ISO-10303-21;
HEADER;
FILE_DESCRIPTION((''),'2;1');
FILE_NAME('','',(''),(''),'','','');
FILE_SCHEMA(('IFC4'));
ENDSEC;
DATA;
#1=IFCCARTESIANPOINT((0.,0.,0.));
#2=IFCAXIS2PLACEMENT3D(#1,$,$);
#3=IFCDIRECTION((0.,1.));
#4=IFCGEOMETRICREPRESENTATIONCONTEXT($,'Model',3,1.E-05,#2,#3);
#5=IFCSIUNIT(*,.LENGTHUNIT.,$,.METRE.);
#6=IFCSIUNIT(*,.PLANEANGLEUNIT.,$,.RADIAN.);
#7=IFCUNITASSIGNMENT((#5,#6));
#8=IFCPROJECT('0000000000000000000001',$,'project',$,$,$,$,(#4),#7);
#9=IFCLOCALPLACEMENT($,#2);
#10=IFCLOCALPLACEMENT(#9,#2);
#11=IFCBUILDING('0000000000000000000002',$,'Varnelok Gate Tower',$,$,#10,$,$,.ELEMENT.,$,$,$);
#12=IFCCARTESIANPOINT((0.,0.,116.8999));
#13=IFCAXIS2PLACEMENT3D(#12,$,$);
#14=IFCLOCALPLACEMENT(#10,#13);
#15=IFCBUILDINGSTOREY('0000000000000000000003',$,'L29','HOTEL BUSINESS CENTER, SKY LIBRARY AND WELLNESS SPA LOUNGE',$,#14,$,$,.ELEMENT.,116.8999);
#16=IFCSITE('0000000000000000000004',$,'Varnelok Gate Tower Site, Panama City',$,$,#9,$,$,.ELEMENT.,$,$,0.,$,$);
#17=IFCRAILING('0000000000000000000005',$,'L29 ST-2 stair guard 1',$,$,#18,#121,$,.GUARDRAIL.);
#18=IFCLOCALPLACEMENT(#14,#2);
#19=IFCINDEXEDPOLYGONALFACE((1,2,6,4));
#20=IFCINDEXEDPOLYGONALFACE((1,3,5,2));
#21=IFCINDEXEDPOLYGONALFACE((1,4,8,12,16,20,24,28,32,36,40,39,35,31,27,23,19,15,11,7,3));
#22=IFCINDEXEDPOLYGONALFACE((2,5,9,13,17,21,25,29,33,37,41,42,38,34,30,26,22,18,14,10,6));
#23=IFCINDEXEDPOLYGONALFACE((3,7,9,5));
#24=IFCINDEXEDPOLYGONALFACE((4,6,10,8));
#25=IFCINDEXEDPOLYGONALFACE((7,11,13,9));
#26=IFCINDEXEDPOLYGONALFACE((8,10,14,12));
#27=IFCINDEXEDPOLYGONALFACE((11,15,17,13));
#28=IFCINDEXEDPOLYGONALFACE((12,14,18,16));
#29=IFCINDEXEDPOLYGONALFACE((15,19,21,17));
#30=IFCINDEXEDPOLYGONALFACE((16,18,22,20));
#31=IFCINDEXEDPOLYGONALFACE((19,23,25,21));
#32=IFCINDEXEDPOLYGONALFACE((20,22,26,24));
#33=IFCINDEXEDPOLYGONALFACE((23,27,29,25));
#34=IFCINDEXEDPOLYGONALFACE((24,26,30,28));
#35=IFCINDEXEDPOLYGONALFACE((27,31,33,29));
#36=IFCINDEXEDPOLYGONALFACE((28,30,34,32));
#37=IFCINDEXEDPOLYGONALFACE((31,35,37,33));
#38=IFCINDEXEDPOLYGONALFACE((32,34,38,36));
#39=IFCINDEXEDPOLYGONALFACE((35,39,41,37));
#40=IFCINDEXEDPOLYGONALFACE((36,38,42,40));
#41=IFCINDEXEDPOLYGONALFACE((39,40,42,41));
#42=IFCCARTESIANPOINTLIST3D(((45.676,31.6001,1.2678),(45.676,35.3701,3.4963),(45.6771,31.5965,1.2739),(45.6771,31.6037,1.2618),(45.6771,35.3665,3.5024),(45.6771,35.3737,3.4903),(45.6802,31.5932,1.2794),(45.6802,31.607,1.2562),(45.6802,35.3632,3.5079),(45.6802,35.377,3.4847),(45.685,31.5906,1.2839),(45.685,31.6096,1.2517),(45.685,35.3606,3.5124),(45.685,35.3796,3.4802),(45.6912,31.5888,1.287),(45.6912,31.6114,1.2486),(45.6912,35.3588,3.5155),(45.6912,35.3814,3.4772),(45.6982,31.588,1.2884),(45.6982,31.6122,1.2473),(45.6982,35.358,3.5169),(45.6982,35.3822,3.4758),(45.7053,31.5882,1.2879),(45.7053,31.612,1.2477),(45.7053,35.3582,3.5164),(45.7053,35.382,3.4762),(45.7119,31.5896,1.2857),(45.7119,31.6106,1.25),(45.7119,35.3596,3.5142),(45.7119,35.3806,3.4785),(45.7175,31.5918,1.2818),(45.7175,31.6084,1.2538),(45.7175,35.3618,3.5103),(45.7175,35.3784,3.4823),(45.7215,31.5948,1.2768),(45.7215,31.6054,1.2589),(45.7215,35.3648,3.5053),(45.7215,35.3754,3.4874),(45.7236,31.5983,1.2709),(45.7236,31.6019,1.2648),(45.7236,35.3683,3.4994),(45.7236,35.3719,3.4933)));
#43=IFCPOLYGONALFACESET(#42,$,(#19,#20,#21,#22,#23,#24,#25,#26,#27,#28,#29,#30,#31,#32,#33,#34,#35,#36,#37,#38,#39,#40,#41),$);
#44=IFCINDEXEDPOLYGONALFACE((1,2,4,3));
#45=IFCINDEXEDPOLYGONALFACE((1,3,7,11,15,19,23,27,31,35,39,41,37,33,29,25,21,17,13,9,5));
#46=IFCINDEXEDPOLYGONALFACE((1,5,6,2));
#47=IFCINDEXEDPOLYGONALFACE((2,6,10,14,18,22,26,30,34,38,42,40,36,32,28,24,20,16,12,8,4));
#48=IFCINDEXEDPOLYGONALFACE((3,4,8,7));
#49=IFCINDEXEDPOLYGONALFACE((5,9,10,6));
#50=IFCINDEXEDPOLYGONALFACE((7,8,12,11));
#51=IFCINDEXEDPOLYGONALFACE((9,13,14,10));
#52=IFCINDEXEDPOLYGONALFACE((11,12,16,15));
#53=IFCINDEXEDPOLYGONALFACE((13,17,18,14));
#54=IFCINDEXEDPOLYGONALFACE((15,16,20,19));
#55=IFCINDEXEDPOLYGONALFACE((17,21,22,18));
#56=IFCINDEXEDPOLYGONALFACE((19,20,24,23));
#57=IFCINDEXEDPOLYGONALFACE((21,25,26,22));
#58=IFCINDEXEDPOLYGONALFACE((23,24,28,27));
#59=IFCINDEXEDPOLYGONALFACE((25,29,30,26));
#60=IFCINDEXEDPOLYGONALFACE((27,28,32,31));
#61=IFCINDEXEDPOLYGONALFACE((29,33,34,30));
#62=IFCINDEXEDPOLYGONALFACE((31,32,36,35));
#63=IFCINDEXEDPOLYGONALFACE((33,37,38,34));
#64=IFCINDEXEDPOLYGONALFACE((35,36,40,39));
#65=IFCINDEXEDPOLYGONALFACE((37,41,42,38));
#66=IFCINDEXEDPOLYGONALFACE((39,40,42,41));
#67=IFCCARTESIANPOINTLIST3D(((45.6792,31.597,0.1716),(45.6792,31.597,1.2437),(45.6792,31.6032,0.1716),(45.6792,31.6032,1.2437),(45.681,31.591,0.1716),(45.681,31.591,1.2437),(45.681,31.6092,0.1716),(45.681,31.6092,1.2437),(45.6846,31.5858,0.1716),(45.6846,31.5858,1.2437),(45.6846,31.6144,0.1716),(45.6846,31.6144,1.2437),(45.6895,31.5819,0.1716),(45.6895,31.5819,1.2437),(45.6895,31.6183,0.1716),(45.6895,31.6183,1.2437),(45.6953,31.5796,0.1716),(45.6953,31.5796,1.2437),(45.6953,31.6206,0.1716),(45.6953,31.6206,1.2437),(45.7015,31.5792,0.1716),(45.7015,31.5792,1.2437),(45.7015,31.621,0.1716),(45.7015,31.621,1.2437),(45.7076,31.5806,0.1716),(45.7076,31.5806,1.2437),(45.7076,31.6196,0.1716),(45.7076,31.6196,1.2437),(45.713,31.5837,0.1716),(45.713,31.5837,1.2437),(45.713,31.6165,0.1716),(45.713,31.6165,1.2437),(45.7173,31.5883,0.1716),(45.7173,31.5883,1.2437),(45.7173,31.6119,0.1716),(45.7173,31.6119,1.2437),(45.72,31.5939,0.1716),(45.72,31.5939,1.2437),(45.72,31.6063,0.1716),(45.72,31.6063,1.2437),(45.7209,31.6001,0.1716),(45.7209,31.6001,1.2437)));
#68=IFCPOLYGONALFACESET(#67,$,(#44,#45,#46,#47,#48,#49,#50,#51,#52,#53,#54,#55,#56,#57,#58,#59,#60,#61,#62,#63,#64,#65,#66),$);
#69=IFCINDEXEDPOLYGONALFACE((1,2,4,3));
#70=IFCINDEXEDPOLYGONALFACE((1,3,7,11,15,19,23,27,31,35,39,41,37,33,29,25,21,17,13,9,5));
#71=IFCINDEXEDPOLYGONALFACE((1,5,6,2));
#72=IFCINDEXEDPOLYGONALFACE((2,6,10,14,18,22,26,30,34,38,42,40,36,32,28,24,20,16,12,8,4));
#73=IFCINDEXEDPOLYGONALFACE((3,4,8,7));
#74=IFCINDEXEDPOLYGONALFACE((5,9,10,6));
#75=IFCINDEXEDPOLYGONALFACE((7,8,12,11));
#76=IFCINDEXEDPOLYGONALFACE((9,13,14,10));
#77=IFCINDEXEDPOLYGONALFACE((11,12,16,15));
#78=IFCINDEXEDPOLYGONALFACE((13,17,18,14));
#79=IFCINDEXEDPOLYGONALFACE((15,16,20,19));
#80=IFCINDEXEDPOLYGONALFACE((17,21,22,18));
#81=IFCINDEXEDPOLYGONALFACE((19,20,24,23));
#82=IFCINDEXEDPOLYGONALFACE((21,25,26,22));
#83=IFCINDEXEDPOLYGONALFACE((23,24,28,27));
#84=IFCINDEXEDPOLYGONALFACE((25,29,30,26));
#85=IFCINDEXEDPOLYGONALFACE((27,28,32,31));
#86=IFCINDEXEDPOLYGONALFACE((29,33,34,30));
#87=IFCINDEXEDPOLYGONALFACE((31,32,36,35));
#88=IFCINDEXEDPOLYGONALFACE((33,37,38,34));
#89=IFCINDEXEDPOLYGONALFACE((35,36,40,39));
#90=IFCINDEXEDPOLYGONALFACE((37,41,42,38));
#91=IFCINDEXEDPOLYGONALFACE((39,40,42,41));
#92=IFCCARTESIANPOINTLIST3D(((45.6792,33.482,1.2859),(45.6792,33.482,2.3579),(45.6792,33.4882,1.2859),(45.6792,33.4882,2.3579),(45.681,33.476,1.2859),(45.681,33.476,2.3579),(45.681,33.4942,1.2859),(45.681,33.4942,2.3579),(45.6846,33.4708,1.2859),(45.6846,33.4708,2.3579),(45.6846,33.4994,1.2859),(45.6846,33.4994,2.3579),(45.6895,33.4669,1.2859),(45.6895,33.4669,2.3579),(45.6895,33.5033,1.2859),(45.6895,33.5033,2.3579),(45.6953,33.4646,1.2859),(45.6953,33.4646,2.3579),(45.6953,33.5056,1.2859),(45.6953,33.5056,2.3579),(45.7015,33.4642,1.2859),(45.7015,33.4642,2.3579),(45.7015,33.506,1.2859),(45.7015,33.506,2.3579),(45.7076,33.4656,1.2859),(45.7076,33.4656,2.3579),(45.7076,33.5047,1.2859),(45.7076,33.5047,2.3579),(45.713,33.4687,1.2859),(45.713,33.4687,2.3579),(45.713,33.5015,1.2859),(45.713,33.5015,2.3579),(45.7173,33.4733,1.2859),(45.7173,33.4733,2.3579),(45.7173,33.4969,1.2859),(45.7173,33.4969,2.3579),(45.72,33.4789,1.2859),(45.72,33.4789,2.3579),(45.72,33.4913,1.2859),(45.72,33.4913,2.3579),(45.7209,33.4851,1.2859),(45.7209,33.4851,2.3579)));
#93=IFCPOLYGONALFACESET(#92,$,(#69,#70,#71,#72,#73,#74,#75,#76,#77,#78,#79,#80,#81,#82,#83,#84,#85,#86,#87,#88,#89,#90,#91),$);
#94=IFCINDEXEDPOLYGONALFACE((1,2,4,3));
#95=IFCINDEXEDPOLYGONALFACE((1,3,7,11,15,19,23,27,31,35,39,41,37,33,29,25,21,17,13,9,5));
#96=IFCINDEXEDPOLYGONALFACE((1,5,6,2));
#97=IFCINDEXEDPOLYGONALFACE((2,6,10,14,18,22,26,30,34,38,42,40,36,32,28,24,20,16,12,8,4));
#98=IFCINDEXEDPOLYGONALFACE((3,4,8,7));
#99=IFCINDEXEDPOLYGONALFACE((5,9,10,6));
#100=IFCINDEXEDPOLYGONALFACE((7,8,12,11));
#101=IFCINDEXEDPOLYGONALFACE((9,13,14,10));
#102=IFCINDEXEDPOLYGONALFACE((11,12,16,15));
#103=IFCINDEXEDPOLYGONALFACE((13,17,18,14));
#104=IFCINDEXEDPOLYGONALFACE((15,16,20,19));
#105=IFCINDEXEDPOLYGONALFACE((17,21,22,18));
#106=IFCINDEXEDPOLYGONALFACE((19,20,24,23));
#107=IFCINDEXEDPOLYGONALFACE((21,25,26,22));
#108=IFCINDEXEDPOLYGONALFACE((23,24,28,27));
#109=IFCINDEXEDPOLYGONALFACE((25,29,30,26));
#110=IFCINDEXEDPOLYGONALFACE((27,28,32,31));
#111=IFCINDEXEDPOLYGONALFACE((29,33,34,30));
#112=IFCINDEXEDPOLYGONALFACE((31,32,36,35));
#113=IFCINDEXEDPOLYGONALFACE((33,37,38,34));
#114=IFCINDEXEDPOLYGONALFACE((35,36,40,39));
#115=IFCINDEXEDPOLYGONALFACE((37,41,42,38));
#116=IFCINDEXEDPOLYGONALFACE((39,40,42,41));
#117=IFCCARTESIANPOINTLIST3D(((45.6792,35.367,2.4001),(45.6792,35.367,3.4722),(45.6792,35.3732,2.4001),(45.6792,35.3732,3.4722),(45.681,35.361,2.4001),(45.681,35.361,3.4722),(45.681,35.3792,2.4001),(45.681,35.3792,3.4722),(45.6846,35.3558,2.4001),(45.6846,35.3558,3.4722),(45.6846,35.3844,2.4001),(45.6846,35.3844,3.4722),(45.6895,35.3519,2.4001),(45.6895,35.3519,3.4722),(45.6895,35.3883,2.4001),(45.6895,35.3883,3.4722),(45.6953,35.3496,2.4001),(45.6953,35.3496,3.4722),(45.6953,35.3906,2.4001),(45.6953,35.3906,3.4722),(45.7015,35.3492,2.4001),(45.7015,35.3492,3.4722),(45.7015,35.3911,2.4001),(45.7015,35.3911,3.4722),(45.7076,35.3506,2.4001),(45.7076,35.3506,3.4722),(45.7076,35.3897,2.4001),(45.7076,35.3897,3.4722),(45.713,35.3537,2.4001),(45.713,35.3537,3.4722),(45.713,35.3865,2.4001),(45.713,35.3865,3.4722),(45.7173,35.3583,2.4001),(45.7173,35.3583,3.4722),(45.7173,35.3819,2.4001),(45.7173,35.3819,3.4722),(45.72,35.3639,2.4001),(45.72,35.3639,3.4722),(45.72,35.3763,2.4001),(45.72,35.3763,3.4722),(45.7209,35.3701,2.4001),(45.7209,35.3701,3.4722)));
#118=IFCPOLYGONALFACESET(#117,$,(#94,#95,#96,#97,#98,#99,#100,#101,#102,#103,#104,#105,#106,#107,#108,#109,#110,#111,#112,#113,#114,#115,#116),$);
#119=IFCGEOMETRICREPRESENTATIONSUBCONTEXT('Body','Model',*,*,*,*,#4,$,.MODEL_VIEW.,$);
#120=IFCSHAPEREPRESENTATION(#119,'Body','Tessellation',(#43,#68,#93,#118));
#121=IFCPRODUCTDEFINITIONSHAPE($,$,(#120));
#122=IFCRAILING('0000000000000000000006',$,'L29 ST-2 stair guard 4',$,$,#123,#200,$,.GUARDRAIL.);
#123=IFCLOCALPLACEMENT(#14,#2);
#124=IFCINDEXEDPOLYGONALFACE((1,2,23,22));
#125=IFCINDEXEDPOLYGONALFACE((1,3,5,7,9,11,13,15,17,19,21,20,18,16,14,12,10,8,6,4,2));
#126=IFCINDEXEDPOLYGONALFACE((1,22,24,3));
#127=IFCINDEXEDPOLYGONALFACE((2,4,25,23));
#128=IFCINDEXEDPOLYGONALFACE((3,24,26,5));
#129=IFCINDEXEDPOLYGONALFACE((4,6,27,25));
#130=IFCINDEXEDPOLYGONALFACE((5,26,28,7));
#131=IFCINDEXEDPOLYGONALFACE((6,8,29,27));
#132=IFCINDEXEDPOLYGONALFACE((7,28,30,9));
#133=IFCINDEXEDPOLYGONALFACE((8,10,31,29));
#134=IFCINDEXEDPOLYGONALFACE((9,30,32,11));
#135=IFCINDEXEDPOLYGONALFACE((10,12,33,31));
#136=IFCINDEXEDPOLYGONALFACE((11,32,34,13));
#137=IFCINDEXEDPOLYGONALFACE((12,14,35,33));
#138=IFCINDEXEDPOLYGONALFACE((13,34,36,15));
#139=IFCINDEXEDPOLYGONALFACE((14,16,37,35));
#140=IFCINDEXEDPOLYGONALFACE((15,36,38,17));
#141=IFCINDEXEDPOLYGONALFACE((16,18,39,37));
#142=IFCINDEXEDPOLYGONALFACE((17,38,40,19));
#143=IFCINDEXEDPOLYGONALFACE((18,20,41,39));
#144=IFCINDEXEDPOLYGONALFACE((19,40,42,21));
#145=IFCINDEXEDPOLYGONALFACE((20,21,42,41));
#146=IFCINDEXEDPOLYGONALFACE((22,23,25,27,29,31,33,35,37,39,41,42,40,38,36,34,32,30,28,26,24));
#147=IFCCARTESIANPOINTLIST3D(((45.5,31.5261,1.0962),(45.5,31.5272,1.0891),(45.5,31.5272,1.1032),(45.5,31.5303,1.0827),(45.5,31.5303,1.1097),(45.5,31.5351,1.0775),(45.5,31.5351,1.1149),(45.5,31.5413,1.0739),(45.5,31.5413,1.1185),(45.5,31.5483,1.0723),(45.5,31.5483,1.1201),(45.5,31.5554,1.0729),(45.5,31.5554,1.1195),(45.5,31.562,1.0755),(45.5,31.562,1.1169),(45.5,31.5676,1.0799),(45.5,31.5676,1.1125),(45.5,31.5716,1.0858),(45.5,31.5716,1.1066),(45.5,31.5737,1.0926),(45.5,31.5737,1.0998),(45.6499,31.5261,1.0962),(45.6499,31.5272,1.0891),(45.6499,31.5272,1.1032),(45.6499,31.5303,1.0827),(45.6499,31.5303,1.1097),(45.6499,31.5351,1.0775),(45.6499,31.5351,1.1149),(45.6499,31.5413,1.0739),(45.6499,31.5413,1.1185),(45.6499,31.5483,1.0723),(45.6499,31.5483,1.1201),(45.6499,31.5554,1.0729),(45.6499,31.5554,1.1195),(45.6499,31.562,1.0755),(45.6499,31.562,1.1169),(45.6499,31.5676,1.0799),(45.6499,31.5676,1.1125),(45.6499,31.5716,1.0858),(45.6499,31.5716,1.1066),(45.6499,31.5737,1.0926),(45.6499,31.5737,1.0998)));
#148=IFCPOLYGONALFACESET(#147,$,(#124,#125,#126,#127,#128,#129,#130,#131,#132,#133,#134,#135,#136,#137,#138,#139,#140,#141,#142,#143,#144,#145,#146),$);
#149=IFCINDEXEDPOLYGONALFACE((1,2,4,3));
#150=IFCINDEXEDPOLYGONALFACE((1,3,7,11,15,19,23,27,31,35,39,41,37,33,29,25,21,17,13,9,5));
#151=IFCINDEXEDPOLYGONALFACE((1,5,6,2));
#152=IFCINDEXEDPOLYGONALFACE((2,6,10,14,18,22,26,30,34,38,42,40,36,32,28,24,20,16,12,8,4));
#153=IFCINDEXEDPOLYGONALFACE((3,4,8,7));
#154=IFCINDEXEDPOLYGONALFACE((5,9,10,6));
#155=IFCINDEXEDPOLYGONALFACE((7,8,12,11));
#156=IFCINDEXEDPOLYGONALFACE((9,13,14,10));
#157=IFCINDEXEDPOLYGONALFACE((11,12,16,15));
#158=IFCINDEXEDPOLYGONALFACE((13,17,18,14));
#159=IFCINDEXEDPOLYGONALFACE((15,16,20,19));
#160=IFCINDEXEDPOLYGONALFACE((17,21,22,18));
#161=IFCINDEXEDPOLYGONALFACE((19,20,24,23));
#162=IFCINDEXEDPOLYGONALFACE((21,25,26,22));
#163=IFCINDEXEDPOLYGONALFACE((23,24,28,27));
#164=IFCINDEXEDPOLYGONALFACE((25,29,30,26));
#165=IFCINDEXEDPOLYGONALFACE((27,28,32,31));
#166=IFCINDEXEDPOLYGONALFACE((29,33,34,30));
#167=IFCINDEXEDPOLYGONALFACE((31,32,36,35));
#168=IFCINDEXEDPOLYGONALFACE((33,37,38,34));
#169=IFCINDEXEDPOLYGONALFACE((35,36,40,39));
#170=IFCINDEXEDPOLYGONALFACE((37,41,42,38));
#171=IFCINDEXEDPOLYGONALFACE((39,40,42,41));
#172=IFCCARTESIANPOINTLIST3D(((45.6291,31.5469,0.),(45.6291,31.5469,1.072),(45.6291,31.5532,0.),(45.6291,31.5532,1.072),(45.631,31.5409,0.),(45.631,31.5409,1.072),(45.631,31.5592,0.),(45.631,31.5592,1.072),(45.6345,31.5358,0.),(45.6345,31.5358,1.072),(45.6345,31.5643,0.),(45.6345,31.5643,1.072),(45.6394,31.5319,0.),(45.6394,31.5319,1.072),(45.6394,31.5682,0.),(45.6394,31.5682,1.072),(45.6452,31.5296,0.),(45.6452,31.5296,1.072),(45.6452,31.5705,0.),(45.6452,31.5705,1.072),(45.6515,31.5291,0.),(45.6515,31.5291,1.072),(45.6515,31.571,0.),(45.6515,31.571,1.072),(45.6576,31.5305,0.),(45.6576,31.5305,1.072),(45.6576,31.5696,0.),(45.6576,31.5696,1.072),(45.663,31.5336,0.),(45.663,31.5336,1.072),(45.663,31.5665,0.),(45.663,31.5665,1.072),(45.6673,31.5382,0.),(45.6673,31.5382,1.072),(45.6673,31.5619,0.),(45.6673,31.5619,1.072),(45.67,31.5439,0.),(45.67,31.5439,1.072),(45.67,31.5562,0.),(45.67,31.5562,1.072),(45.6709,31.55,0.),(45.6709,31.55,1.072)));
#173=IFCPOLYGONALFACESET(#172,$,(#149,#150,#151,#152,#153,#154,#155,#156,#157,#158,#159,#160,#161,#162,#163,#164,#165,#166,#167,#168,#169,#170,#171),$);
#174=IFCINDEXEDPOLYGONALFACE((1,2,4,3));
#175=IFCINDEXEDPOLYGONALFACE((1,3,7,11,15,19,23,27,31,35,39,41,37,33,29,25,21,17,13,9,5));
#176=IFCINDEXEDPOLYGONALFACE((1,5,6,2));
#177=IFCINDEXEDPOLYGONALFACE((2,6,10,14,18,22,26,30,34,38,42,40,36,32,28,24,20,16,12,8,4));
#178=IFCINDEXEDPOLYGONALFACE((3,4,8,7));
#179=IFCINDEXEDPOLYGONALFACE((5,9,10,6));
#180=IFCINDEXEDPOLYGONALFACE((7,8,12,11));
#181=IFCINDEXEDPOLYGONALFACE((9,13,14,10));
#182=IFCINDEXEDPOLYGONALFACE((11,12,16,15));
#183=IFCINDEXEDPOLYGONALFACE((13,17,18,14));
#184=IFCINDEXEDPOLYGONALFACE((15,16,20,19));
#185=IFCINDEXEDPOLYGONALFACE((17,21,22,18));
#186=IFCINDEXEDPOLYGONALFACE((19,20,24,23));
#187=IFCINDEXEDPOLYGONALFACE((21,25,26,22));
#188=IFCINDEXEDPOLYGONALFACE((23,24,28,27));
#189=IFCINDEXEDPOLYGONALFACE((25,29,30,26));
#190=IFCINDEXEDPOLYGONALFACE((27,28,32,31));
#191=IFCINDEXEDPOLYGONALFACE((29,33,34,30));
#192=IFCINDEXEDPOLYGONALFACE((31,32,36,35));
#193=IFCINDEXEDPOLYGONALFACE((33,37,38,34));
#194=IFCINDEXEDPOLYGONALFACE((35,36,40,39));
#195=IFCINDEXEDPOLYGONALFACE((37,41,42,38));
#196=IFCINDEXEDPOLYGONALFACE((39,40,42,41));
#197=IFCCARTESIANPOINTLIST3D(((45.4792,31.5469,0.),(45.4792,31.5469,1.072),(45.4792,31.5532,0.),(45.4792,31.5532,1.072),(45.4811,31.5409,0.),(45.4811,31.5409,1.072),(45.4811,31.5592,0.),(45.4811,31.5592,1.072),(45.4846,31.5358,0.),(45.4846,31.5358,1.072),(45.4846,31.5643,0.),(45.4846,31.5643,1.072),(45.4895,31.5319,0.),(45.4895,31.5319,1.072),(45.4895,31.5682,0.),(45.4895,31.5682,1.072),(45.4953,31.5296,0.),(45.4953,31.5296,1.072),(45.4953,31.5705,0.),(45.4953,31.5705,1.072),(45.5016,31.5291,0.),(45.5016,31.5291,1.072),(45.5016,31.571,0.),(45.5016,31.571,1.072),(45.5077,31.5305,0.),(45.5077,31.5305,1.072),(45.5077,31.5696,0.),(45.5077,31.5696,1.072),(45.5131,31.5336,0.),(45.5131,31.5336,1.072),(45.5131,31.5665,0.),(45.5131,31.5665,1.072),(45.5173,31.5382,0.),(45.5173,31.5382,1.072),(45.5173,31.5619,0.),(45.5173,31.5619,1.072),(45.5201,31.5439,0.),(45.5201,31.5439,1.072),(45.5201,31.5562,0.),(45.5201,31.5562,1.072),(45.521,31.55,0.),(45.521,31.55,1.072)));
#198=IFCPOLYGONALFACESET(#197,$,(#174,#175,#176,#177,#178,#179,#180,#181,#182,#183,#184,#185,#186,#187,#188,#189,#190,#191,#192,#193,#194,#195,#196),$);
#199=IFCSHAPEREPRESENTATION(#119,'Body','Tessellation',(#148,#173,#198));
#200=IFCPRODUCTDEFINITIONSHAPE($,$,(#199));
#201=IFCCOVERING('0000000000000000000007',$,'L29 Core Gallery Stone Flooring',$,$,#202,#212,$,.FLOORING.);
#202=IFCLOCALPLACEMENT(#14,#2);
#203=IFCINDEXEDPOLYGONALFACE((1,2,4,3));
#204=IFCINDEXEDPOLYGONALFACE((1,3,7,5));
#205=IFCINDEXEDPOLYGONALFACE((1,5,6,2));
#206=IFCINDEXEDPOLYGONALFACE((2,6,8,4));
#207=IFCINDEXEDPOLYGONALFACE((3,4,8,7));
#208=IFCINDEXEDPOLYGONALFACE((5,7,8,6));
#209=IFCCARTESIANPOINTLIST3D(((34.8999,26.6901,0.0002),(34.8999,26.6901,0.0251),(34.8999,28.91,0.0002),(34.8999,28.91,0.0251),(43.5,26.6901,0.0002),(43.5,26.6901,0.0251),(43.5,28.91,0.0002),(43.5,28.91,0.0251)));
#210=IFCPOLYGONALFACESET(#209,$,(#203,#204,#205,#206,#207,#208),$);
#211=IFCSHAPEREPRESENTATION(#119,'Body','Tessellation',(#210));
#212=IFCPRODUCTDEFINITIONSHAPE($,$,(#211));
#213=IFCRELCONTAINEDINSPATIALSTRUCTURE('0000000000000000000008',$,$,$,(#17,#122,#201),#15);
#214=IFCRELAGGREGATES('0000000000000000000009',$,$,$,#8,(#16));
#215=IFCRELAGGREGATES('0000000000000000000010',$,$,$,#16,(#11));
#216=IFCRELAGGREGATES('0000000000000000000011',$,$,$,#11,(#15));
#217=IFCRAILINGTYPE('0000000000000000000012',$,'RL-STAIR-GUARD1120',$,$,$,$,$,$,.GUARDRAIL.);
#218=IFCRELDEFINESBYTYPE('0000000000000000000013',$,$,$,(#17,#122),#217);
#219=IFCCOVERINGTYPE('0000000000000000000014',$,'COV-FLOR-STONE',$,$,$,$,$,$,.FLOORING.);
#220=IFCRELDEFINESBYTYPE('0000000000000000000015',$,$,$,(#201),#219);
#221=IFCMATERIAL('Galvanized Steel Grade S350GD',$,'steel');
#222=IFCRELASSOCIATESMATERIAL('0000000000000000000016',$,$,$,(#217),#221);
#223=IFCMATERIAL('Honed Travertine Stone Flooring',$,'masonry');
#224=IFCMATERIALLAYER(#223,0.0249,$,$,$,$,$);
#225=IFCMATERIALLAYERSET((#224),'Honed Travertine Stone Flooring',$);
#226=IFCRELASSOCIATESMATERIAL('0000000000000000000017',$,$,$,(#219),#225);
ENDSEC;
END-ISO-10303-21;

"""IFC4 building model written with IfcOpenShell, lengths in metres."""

from ifc_helpers import new_model, si_unit, direction, frame, origin, origin_2d, place, context, subcontext, project, spatial, rectangle, circle, extrude, source, transform, mapped, material, layer, layer_set, type_object, element, save


model = new_model("IFC4")

# Units and contexts
model_context = context("Model", 3, precision=1e-05, world=origin(), true_north=direction((0.0, 1.0)))
body_context = subcontext(model_context, "Body", "Model", "MODEL_VIEW")
ifc_project = project(units=[si_unit("LENGTHUNIT", "METRE"), si_unit("PLANEANGLEUNIT", "RADIAN")], contexts=[model_context])

# Site, building, storey
site_placement = place(None, origin())
site = spatial("IfcSite", under=ifc_project, at=site_placement, Name="Varnelok Gate Tower Site, Panama City", CompositionType="ELEMENT", RefElevation=0.0)
building_placement = place(site_placement, origin())
building = spatial("IfcBuilding", under=site, at=building_placement, Name="Varnelok Gate Tower", CompositionType="ELEMENT")
storey_placement = place(building_placement, frame((0.0, 0.0, 116.8999)))
storey = spatial("IfcBuildingStorey", under=building, at=storey_placement, Name="L29", Description="HOTEL BUSINESS CENTER, SKY LIBRARY AND WELLNESS SPA LOUNGE", CompositionType="ELEMENT", Elevation=116.8999)

# Shared definitions
ifc_material_1 = material(Name="Galvanized Steel Grade S350GD", Category="steel")

# Railings
railing_type_1 = type_object("IfcRailingType", Name="RL-STAIR-GUARD1120", PredefinedType="GUARDRAIL", material=ifc_material_1)
railing_1_placement = place(storey_placement, frame((45.7, 31.6001, 0.1716)))
element("IfcRailing", 1, at=railing_1_placement, inside=storey, type_object=railing_type_1, Name="L29 ST-2 stair guard 1", PredefinedType="GUARDRAIL", context=body_context, shape_type="SweptSolid", body=[
    extrude(circle(Radius=0.0239, at=origin_2d()), frame((0.0, 0.0, 1.0962), z_axis=(0.0, 0.860849, 0.508861), x_axis=(-1.0, 0.0, 0.0)), (0.0, 0.0, 1.0), 4.3794),
    extrude(circle(Radius=0.021, at=origin_2d()), origin(), (0.0, 0.0, 1.0), 1.072),
    extrude(circle(Radius=0.021, at=origin_2d()), frame((0.0, 1.885, 1.1143)), (0.0, 0.0, 1.0), 1.072),
    extrude(circle(Radius=0.021, at=origin_2d()), frame((0.0, 3.77, 2.2285)), (0.0, 0.0, 1.0), 1.072),
])
railing_2_placement = place(storey_placement, frame((45.6499, 31.55, 0.0)))
element("IfcRailing", 2, at=railing_2_placement, inside=storey, type_object=railing_type_1, Name="L29 ST-2 stair guard 4", PredefinedType="GUARDRAIL", context=body_context, shape_type="SweptSolid", body=[
    extrude(circle(Radius=0.0239, at=origin_2d()), frame((0.0, 0.0, 1.0962), z_axis=(-1.0, 0.0, 0.0), x_axis=(0.0, -1.0, 0.0)), (0.0, 0.0, 1.0), 0.1499),
    extrude(circle(Radius=0.021, at=origin_2d()), origin(), (0.0, 0.0, 1.0), 1.072),
    extrude(circle(Radius=0.021, at=origin_2d()), frame((-0.1499, 0.0, 0.0)), (0.0, 0.0, 1.0), 1.072),
])

# Covering
ifc_material_2 = material(Name="Honed Travertine Stone Flooring", Category="masonry")
ifc_layer_1 = layer(ifc_material_2, 0.0249)
ifc_layer_set_1 = layer_set([ifc_layer_1], Name="Honed Travertine Stone Flooring")
covering_type_1 = type_object("IfcCoveringType", Name="COV-FLOR-STONE", PredefinedType="FLOORING", material=ifc_layer_set_1)
shared_shape_1 = source(origin(), body_context, "Body", "SweptSolid", [
    extrude(rectangle(XDim=8.6001, YDim=2.22, at=origin_2d()), origin(), (0.0, 0.0, 1.0), 0.0249),
])
covering_1_placement = place(storey_placement, frame((39.2, 27.8, 0.0002), z_axis=(0.0, 0.0, 1.0), x_axis=(1.0, 0.0, 0.0)))
element("IfcCovering", 3, at=covering_1_placement, inside=storey, type_object=covering_type_1, Name="L29 Core Gallery Stone Flooring", PredefinedType="FLOORING", context=body_context, shape_type="MappedRepresentation", body=[
    mapped(shared_shape_1, transform((0.0, 0.0, 0.0), scale=1.0)),
])

save(model, "model.ifc")
